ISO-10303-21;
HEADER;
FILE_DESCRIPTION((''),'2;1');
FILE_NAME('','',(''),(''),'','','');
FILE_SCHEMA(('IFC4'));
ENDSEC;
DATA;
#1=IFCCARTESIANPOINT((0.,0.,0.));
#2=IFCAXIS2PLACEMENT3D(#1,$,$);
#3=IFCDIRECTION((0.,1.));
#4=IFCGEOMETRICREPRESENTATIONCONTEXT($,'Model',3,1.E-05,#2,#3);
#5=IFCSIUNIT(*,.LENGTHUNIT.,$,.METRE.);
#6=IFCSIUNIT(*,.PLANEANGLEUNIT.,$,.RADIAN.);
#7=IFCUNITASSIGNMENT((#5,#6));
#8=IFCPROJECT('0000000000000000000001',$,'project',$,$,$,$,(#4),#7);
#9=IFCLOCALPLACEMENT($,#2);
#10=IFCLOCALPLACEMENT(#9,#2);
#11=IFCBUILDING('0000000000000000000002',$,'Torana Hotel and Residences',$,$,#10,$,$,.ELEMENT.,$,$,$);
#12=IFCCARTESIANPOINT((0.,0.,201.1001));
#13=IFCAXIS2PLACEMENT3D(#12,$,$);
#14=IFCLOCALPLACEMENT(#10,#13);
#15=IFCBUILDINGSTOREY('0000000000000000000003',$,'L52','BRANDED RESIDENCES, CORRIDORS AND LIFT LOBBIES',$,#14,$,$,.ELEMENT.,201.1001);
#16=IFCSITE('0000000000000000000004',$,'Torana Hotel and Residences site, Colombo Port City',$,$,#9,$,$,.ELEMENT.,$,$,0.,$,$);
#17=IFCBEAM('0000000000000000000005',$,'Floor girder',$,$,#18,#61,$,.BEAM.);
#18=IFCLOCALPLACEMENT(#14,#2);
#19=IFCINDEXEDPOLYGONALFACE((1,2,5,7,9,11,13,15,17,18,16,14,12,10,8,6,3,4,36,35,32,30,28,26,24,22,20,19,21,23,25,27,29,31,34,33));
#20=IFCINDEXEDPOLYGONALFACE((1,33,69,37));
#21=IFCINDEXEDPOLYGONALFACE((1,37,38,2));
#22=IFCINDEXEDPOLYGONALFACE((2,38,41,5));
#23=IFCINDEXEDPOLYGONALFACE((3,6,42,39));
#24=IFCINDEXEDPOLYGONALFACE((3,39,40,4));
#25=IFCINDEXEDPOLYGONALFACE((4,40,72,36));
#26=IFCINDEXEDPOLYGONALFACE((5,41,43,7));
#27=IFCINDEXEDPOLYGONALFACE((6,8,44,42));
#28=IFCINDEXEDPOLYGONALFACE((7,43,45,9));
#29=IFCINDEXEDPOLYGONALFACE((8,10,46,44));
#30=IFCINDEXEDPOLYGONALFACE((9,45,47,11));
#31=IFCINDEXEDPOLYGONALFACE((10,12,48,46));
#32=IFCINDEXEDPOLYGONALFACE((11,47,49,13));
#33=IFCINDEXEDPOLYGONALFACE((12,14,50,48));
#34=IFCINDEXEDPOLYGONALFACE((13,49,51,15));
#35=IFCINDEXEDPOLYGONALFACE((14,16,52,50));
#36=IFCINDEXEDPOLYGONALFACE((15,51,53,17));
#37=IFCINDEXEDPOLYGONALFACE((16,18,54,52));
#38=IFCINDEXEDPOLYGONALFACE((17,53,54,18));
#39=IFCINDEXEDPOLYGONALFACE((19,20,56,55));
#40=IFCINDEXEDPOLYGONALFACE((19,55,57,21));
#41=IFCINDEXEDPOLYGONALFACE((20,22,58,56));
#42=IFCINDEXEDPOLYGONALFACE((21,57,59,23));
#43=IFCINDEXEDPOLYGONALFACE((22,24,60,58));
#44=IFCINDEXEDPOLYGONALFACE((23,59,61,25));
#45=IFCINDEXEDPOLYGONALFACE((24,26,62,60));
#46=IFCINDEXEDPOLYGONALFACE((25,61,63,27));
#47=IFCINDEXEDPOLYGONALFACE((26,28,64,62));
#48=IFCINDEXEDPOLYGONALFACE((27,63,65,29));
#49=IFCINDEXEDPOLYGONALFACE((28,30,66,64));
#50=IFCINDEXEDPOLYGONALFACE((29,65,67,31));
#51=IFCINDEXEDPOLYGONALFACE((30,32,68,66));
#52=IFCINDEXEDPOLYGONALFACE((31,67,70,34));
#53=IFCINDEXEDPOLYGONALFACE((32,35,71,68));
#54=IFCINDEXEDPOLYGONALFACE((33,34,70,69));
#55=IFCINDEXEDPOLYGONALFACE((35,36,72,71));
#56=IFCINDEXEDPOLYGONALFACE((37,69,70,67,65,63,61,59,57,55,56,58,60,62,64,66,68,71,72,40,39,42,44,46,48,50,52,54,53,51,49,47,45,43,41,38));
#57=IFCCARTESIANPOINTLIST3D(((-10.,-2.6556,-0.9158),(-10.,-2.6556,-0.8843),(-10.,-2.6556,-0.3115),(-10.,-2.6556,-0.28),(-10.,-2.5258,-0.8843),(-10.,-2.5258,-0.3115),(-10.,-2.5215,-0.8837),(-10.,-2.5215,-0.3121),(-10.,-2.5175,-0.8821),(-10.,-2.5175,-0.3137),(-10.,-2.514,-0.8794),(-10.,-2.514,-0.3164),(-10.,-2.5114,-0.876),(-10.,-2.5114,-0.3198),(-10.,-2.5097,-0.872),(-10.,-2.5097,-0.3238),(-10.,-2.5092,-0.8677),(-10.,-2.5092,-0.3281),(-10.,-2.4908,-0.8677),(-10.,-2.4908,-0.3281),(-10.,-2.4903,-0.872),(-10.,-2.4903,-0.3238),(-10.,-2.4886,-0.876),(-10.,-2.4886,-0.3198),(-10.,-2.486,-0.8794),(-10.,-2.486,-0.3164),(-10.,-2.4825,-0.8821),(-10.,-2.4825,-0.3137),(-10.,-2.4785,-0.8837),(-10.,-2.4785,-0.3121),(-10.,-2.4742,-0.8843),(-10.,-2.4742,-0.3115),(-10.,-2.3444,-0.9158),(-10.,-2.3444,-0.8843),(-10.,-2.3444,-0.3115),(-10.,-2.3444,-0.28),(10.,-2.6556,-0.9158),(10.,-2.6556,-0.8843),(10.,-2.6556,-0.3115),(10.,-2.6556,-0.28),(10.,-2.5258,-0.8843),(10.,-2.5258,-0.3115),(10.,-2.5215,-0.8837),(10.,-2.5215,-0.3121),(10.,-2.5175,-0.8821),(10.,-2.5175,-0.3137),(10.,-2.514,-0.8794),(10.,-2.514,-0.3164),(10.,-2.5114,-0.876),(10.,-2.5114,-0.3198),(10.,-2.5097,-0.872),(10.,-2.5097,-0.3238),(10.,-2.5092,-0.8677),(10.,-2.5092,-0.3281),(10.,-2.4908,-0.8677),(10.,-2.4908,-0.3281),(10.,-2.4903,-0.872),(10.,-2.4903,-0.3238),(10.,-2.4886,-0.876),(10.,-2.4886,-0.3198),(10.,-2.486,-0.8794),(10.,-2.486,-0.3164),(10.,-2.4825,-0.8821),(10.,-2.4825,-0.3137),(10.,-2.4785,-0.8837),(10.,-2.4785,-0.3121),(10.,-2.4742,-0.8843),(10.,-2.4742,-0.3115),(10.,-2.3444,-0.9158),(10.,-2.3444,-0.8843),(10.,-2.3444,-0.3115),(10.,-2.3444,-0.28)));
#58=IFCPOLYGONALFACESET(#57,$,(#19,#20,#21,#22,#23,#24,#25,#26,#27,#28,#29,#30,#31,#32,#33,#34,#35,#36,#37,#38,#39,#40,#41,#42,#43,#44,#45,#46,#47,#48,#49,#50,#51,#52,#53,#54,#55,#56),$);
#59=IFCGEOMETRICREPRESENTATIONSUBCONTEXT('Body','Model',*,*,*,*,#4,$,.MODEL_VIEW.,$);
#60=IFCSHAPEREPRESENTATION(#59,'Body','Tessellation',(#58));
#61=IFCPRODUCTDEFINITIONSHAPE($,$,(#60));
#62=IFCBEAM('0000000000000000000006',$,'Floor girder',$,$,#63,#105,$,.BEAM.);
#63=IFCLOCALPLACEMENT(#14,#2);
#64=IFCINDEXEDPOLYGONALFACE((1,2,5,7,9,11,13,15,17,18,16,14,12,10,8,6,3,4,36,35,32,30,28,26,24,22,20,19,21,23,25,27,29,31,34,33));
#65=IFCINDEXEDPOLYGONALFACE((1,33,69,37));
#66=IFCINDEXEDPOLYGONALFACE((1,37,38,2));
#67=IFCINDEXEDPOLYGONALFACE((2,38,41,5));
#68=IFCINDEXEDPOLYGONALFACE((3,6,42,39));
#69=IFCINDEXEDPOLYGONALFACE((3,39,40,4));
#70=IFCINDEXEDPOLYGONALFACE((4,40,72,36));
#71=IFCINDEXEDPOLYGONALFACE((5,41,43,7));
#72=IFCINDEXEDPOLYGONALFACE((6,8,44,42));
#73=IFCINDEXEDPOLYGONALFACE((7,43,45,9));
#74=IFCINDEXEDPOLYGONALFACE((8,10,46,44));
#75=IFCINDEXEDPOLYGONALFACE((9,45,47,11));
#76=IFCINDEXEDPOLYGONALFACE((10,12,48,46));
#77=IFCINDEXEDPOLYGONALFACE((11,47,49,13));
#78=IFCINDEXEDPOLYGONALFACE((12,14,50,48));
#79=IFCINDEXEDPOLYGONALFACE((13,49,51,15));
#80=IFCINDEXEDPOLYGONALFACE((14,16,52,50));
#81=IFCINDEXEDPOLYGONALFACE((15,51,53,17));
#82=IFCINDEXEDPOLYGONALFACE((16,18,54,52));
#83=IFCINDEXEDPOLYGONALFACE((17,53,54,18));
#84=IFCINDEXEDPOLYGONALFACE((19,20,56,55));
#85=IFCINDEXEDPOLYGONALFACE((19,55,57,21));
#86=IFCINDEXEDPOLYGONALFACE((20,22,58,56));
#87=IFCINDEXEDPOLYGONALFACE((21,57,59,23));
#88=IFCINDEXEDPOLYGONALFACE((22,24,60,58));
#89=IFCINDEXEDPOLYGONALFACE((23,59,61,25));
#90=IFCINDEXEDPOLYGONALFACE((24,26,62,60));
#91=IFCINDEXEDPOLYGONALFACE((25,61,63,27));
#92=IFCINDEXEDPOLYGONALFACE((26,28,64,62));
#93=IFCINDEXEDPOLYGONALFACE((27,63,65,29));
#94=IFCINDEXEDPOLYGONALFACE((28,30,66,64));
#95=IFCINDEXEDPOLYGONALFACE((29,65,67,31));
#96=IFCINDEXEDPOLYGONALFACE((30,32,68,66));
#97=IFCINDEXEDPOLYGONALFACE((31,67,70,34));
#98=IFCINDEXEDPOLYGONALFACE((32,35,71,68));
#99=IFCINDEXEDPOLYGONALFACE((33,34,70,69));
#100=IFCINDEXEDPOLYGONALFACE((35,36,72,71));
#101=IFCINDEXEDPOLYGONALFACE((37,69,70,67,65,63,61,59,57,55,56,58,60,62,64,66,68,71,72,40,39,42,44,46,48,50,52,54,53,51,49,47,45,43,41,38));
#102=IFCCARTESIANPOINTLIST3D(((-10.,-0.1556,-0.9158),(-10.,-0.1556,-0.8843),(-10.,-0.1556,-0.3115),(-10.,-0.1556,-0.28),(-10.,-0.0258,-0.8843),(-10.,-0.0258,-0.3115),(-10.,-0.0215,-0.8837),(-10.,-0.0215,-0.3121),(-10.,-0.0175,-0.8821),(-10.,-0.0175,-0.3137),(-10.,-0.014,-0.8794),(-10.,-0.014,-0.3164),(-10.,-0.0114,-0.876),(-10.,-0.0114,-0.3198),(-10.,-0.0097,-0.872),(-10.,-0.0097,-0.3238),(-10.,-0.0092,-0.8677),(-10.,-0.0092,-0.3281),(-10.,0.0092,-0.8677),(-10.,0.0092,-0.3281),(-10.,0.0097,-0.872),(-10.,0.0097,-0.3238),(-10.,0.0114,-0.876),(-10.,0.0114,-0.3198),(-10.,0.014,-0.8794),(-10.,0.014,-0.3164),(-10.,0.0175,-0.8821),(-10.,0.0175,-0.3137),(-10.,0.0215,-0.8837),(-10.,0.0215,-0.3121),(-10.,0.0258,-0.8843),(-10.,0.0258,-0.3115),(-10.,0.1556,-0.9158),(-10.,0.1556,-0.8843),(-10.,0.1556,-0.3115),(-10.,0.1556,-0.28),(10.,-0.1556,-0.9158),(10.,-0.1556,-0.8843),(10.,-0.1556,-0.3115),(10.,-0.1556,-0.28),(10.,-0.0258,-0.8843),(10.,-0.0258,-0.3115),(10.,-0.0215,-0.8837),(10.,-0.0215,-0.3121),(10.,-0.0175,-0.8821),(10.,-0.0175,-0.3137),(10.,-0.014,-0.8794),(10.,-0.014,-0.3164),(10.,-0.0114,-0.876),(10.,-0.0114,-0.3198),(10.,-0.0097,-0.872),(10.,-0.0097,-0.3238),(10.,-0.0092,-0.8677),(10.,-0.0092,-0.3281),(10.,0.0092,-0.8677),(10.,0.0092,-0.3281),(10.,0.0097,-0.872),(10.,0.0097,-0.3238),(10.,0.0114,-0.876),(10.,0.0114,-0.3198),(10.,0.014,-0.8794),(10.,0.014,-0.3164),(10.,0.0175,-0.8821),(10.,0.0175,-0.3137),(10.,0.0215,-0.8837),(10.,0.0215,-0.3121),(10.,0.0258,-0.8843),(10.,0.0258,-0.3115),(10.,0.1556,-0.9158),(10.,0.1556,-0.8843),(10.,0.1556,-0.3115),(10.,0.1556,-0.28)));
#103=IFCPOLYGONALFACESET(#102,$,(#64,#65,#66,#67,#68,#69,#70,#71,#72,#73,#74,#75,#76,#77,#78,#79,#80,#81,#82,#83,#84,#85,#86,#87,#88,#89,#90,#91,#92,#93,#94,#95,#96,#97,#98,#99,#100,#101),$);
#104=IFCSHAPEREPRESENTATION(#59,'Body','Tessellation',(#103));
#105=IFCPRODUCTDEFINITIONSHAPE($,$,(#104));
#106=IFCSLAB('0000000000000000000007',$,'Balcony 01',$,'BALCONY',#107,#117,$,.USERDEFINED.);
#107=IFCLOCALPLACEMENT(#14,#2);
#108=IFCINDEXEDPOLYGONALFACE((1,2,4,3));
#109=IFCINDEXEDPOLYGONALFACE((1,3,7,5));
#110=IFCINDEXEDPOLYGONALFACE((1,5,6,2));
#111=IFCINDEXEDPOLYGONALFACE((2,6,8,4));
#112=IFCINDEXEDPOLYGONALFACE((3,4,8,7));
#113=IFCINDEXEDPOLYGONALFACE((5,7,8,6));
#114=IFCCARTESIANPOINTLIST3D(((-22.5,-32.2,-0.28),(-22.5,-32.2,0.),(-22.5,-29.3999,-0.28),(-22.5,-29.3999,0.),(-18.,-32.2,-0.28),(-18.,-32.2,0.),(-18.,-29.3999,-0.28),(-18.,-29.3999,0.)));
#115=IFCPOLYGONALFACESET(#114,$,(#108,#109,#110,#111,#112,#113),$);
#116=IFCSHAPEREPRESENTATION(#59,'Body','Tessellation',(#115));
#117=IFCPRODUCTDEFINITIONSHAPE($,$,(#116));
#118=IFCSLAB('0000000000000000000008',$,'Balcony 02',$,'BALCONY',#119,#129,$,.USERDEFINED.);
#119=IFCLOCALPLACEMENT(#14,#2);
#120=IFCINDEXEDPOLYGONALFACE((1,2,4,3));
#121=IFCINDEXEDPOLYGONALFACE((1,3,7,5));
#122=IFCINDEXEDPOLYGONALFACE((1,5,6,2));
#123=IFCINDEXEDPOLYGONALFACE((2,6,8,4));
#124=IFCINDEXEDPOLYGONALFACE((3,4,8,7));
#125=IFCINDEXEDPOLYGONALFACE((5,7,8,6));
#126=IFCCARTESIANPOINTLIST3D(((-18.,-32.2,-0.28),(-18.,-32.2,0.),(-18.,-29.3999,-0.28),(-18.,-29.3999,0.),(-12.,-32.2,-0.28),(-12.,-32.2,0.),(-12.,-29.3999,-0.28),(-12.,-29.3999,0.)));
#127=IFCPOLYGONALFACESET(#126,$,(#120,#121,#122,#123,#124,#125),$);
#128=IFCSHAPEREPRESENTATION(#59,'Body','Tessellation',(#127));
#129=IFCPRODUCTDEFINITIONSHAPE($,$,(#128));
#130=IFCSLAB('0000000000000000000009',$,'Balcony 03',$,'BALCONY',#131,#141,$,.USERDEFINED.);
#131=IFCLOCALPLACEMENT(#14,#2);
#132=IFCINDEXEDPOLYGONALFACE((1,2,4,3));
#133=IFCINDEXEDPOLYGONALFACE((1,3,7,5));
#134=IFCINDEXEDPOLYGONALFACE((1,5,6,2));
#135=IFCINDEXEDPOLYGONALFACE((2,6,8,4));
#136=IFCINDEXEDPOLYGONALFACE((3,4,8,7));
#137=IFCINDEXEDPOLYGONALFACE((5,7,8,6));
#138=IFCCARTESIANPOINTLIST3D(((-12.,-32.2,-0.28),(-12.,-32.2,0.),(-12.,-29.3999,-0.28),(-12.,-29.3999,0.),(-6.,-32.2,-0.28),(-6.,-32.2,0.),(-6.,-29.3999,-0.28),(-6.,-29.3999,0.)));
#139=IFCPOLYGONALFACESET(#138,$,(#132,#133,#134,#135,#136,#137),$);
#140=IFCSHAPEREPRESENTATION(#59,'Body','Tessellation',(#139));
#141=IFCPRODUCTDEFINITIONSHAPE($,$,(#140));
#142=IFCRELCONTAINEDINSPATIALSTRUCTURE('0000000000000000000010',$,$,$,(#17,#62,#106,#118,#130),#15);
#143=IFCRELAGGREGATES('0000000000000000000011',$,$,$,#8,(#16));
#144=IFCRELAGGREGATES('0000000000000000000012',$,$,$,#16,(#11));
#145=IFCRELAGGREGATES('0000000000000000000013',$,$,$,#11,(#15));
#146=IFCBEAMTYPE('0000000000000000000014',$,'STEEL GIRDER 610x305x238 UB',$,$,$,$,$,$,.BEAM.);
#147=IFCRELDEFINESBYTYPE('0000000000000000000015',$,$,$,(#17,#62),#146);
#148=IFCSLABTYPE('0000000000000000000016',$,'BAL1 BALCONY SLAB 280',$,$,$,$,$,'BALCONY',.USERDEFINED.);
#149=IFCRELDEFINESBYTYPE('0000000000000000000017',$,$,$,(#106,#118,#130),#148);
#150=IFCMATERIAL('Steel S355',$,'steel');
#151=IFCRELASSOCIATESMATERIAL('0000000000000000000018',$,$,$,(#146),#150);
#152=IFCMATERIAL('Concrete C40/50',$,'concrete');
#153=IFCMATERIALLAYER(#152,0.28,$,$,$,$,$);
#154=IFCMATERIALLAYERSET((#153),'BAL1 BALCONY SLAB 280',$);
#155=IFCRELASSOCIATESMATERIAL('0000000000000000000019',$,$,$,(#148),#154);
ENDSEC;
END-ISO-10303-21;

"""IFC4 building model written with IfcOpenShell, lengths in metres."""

from ifc_helpers import new_model, si_unit, direction, frame, origin, origin_2d, place, context, subcontext, project, spatial, polyline, i_section, outline, extrude, material, layer, layer_set, material_profile, profile_set, type_object, element, save


model = new_model("IFC4")

# Units and contexts
model_context = context("Model", 3, precision=1e-05, world=origin(), true_north=direction((0.0, 1.0)))
body_context = subcontext(model_context, "Body", "Model", "MODEL_VIEW")
ifc_project = project(units=[si_unit("LENGTHUNIT", "METRE"), si_unit("PLANEANGLEUNIT", "RADIAN")], contexts=[model_context])

# Site, building, storey
site_placement = place(None, origin())
site = spatial("IfcSite", under=ifc_project, at=site_placement, Name="Torana Hotel and Residences site, Colombo Port City", CompositionType="ELEMENT", RefElevation=0.0)
building_placement = place(site_placement, origin())
building = spatial("IfcBuilding", under=site, at=building_placement, Name="Torana Hotel and Residences", CompositionType="ELEMENT")
storey_placement = place(building_placement, frame((0.0, 0.0, 201.1001)))
storey = spatial("IfcBuildingStorey", under=building, at=storey_placement, Name="L52", Description="BRANDED RESIDENCES, CORRIDORS AND LIFT LOBBIES", CompositionType="ELEMENT", Elevation=201.1001)

# Beams
ifc_material_1 = material(Name="Steel S355", Category="steel")
ifc_material_profile = material_profile(ifc_material_1, i_section(OverallWidth=0.3113, OverallDepth=0.6357, WebThickness=0.0183, FlangeThickness=0.0315, FilletRadius=0.0166, at=origin_2d()), Name="610x305x238 UB")
ifc_profile_set = profile_set([ifc_material_profile], Name="Steel S355")
beam_type = type_object("IfcBeamType", Name="STEEL GIRDER 610x305x238 UB", PredefinedType="BEAM", material=ifc_profile_set)
for number, where, z_axis, x_axis, name in (
    (1, (-10.0, -2.5, -0.5979), (1.0, 0.0, 0.0), (0.0, 1.0, 0.0), "Floor girder"),
    (2, (-10.0, 0.0, -0.5979), (1.0, 0.0, 0.0), (0.0, 1.0, 0.0), "Floor girder"),
):
    element("IfcBeam", number, at=place(storey_placement, frame(where, z_axis=z_axis, x_axis=x_axis)), inside=storey, type_object=beam_type, Name=name, PredefinedType="BEAM", context=body_context, shape_type="SweptSolid", body=[
        extrude(i_section(OverallWidth=0.3113, OverallDepth=0.6357, WebThickness=0.0183, FlangeThickness=0.0315, FilletRadius=0.0166, at=origin_2d()), origin(), (0.0, 0.0, 1.0), 20.0),
    ])

# Slabs
ifc_material_2 = material(Name="Concrete C40/50", Category="concrete")
ifc_layer_1 = layer(ifc_material_2, 0.28)
ifc_layer_set_1 = layer_set([ifc_layer_1], Name="BAL1 BALCONY SLAB 280")
slab_type_1 = type_object("IfcSlabType", Name="BAL1 BALCONY SLAB 280", ElementType="BALCONY", PredefinedType="USERDEFINED", material=ifc_layer_set_1)
slab_1_placement = place(storey_placement, frame((0.0, 0.0, -0.28)))
element("IfcSlab", 3, at=slab_1_placement, inside=storey, type_object=slab_type_1, Name="Balcony 01", ObjectType="BALCONY", PredefinedType="USERDEFINED", context=body_context, shape_type="SweptSolid", body=[
    extrude(outline(polyline([(-22.5, -32.2), (-18.0, -32.2), (-18.0, -29.3999), (-22.5, -29.3999), (-22.5, -32.2)])), origin(), (0.0, 0.0, 1.0), 0.28),
])
slab_2_placement = place(storey_placement, frame((0.0, 0.0, -0.28)))
element("IfcSlab", 4, at=slab_2_placement, inside=storey, type_object=slab_type_1, Name="Balcony 02", ObjectType="BALCONY", PredefinedType="USERDEFINED", context=body_context, shape_type="SweptSolid", body=[
    extrude(outline(polyline([(-18.0, -32.2), (-12.0, -32.2), (-12.0, -29.3999), (-18.0, -29.3999), (-18.0, -32.2)])), origin(), (0.0, 0.0, 1.0), 0.28),
])
slab_3_placement = place(storey_placement, frame((0.0, 0.0, -0.28)))
element("IfcSlab", 5, at=slab_3_placement, inside=storey, type_object=slab_type_1, Name="Balcony 03", ObjectType="BALCONY", PredefinedType="USERDEFINED", context=body_context, shape_type="SweptSolid", body=[
    extrude(outline(polyline([(-12.0, -32.2), (-6.0, -32.2), (-6.0, -29.3999), (-12.0, -29.3999), (-12.0, -32.2)])), origin(), (0.0, 0.0, 1.0), 0.28),
])

save(model, "model.ifc")
